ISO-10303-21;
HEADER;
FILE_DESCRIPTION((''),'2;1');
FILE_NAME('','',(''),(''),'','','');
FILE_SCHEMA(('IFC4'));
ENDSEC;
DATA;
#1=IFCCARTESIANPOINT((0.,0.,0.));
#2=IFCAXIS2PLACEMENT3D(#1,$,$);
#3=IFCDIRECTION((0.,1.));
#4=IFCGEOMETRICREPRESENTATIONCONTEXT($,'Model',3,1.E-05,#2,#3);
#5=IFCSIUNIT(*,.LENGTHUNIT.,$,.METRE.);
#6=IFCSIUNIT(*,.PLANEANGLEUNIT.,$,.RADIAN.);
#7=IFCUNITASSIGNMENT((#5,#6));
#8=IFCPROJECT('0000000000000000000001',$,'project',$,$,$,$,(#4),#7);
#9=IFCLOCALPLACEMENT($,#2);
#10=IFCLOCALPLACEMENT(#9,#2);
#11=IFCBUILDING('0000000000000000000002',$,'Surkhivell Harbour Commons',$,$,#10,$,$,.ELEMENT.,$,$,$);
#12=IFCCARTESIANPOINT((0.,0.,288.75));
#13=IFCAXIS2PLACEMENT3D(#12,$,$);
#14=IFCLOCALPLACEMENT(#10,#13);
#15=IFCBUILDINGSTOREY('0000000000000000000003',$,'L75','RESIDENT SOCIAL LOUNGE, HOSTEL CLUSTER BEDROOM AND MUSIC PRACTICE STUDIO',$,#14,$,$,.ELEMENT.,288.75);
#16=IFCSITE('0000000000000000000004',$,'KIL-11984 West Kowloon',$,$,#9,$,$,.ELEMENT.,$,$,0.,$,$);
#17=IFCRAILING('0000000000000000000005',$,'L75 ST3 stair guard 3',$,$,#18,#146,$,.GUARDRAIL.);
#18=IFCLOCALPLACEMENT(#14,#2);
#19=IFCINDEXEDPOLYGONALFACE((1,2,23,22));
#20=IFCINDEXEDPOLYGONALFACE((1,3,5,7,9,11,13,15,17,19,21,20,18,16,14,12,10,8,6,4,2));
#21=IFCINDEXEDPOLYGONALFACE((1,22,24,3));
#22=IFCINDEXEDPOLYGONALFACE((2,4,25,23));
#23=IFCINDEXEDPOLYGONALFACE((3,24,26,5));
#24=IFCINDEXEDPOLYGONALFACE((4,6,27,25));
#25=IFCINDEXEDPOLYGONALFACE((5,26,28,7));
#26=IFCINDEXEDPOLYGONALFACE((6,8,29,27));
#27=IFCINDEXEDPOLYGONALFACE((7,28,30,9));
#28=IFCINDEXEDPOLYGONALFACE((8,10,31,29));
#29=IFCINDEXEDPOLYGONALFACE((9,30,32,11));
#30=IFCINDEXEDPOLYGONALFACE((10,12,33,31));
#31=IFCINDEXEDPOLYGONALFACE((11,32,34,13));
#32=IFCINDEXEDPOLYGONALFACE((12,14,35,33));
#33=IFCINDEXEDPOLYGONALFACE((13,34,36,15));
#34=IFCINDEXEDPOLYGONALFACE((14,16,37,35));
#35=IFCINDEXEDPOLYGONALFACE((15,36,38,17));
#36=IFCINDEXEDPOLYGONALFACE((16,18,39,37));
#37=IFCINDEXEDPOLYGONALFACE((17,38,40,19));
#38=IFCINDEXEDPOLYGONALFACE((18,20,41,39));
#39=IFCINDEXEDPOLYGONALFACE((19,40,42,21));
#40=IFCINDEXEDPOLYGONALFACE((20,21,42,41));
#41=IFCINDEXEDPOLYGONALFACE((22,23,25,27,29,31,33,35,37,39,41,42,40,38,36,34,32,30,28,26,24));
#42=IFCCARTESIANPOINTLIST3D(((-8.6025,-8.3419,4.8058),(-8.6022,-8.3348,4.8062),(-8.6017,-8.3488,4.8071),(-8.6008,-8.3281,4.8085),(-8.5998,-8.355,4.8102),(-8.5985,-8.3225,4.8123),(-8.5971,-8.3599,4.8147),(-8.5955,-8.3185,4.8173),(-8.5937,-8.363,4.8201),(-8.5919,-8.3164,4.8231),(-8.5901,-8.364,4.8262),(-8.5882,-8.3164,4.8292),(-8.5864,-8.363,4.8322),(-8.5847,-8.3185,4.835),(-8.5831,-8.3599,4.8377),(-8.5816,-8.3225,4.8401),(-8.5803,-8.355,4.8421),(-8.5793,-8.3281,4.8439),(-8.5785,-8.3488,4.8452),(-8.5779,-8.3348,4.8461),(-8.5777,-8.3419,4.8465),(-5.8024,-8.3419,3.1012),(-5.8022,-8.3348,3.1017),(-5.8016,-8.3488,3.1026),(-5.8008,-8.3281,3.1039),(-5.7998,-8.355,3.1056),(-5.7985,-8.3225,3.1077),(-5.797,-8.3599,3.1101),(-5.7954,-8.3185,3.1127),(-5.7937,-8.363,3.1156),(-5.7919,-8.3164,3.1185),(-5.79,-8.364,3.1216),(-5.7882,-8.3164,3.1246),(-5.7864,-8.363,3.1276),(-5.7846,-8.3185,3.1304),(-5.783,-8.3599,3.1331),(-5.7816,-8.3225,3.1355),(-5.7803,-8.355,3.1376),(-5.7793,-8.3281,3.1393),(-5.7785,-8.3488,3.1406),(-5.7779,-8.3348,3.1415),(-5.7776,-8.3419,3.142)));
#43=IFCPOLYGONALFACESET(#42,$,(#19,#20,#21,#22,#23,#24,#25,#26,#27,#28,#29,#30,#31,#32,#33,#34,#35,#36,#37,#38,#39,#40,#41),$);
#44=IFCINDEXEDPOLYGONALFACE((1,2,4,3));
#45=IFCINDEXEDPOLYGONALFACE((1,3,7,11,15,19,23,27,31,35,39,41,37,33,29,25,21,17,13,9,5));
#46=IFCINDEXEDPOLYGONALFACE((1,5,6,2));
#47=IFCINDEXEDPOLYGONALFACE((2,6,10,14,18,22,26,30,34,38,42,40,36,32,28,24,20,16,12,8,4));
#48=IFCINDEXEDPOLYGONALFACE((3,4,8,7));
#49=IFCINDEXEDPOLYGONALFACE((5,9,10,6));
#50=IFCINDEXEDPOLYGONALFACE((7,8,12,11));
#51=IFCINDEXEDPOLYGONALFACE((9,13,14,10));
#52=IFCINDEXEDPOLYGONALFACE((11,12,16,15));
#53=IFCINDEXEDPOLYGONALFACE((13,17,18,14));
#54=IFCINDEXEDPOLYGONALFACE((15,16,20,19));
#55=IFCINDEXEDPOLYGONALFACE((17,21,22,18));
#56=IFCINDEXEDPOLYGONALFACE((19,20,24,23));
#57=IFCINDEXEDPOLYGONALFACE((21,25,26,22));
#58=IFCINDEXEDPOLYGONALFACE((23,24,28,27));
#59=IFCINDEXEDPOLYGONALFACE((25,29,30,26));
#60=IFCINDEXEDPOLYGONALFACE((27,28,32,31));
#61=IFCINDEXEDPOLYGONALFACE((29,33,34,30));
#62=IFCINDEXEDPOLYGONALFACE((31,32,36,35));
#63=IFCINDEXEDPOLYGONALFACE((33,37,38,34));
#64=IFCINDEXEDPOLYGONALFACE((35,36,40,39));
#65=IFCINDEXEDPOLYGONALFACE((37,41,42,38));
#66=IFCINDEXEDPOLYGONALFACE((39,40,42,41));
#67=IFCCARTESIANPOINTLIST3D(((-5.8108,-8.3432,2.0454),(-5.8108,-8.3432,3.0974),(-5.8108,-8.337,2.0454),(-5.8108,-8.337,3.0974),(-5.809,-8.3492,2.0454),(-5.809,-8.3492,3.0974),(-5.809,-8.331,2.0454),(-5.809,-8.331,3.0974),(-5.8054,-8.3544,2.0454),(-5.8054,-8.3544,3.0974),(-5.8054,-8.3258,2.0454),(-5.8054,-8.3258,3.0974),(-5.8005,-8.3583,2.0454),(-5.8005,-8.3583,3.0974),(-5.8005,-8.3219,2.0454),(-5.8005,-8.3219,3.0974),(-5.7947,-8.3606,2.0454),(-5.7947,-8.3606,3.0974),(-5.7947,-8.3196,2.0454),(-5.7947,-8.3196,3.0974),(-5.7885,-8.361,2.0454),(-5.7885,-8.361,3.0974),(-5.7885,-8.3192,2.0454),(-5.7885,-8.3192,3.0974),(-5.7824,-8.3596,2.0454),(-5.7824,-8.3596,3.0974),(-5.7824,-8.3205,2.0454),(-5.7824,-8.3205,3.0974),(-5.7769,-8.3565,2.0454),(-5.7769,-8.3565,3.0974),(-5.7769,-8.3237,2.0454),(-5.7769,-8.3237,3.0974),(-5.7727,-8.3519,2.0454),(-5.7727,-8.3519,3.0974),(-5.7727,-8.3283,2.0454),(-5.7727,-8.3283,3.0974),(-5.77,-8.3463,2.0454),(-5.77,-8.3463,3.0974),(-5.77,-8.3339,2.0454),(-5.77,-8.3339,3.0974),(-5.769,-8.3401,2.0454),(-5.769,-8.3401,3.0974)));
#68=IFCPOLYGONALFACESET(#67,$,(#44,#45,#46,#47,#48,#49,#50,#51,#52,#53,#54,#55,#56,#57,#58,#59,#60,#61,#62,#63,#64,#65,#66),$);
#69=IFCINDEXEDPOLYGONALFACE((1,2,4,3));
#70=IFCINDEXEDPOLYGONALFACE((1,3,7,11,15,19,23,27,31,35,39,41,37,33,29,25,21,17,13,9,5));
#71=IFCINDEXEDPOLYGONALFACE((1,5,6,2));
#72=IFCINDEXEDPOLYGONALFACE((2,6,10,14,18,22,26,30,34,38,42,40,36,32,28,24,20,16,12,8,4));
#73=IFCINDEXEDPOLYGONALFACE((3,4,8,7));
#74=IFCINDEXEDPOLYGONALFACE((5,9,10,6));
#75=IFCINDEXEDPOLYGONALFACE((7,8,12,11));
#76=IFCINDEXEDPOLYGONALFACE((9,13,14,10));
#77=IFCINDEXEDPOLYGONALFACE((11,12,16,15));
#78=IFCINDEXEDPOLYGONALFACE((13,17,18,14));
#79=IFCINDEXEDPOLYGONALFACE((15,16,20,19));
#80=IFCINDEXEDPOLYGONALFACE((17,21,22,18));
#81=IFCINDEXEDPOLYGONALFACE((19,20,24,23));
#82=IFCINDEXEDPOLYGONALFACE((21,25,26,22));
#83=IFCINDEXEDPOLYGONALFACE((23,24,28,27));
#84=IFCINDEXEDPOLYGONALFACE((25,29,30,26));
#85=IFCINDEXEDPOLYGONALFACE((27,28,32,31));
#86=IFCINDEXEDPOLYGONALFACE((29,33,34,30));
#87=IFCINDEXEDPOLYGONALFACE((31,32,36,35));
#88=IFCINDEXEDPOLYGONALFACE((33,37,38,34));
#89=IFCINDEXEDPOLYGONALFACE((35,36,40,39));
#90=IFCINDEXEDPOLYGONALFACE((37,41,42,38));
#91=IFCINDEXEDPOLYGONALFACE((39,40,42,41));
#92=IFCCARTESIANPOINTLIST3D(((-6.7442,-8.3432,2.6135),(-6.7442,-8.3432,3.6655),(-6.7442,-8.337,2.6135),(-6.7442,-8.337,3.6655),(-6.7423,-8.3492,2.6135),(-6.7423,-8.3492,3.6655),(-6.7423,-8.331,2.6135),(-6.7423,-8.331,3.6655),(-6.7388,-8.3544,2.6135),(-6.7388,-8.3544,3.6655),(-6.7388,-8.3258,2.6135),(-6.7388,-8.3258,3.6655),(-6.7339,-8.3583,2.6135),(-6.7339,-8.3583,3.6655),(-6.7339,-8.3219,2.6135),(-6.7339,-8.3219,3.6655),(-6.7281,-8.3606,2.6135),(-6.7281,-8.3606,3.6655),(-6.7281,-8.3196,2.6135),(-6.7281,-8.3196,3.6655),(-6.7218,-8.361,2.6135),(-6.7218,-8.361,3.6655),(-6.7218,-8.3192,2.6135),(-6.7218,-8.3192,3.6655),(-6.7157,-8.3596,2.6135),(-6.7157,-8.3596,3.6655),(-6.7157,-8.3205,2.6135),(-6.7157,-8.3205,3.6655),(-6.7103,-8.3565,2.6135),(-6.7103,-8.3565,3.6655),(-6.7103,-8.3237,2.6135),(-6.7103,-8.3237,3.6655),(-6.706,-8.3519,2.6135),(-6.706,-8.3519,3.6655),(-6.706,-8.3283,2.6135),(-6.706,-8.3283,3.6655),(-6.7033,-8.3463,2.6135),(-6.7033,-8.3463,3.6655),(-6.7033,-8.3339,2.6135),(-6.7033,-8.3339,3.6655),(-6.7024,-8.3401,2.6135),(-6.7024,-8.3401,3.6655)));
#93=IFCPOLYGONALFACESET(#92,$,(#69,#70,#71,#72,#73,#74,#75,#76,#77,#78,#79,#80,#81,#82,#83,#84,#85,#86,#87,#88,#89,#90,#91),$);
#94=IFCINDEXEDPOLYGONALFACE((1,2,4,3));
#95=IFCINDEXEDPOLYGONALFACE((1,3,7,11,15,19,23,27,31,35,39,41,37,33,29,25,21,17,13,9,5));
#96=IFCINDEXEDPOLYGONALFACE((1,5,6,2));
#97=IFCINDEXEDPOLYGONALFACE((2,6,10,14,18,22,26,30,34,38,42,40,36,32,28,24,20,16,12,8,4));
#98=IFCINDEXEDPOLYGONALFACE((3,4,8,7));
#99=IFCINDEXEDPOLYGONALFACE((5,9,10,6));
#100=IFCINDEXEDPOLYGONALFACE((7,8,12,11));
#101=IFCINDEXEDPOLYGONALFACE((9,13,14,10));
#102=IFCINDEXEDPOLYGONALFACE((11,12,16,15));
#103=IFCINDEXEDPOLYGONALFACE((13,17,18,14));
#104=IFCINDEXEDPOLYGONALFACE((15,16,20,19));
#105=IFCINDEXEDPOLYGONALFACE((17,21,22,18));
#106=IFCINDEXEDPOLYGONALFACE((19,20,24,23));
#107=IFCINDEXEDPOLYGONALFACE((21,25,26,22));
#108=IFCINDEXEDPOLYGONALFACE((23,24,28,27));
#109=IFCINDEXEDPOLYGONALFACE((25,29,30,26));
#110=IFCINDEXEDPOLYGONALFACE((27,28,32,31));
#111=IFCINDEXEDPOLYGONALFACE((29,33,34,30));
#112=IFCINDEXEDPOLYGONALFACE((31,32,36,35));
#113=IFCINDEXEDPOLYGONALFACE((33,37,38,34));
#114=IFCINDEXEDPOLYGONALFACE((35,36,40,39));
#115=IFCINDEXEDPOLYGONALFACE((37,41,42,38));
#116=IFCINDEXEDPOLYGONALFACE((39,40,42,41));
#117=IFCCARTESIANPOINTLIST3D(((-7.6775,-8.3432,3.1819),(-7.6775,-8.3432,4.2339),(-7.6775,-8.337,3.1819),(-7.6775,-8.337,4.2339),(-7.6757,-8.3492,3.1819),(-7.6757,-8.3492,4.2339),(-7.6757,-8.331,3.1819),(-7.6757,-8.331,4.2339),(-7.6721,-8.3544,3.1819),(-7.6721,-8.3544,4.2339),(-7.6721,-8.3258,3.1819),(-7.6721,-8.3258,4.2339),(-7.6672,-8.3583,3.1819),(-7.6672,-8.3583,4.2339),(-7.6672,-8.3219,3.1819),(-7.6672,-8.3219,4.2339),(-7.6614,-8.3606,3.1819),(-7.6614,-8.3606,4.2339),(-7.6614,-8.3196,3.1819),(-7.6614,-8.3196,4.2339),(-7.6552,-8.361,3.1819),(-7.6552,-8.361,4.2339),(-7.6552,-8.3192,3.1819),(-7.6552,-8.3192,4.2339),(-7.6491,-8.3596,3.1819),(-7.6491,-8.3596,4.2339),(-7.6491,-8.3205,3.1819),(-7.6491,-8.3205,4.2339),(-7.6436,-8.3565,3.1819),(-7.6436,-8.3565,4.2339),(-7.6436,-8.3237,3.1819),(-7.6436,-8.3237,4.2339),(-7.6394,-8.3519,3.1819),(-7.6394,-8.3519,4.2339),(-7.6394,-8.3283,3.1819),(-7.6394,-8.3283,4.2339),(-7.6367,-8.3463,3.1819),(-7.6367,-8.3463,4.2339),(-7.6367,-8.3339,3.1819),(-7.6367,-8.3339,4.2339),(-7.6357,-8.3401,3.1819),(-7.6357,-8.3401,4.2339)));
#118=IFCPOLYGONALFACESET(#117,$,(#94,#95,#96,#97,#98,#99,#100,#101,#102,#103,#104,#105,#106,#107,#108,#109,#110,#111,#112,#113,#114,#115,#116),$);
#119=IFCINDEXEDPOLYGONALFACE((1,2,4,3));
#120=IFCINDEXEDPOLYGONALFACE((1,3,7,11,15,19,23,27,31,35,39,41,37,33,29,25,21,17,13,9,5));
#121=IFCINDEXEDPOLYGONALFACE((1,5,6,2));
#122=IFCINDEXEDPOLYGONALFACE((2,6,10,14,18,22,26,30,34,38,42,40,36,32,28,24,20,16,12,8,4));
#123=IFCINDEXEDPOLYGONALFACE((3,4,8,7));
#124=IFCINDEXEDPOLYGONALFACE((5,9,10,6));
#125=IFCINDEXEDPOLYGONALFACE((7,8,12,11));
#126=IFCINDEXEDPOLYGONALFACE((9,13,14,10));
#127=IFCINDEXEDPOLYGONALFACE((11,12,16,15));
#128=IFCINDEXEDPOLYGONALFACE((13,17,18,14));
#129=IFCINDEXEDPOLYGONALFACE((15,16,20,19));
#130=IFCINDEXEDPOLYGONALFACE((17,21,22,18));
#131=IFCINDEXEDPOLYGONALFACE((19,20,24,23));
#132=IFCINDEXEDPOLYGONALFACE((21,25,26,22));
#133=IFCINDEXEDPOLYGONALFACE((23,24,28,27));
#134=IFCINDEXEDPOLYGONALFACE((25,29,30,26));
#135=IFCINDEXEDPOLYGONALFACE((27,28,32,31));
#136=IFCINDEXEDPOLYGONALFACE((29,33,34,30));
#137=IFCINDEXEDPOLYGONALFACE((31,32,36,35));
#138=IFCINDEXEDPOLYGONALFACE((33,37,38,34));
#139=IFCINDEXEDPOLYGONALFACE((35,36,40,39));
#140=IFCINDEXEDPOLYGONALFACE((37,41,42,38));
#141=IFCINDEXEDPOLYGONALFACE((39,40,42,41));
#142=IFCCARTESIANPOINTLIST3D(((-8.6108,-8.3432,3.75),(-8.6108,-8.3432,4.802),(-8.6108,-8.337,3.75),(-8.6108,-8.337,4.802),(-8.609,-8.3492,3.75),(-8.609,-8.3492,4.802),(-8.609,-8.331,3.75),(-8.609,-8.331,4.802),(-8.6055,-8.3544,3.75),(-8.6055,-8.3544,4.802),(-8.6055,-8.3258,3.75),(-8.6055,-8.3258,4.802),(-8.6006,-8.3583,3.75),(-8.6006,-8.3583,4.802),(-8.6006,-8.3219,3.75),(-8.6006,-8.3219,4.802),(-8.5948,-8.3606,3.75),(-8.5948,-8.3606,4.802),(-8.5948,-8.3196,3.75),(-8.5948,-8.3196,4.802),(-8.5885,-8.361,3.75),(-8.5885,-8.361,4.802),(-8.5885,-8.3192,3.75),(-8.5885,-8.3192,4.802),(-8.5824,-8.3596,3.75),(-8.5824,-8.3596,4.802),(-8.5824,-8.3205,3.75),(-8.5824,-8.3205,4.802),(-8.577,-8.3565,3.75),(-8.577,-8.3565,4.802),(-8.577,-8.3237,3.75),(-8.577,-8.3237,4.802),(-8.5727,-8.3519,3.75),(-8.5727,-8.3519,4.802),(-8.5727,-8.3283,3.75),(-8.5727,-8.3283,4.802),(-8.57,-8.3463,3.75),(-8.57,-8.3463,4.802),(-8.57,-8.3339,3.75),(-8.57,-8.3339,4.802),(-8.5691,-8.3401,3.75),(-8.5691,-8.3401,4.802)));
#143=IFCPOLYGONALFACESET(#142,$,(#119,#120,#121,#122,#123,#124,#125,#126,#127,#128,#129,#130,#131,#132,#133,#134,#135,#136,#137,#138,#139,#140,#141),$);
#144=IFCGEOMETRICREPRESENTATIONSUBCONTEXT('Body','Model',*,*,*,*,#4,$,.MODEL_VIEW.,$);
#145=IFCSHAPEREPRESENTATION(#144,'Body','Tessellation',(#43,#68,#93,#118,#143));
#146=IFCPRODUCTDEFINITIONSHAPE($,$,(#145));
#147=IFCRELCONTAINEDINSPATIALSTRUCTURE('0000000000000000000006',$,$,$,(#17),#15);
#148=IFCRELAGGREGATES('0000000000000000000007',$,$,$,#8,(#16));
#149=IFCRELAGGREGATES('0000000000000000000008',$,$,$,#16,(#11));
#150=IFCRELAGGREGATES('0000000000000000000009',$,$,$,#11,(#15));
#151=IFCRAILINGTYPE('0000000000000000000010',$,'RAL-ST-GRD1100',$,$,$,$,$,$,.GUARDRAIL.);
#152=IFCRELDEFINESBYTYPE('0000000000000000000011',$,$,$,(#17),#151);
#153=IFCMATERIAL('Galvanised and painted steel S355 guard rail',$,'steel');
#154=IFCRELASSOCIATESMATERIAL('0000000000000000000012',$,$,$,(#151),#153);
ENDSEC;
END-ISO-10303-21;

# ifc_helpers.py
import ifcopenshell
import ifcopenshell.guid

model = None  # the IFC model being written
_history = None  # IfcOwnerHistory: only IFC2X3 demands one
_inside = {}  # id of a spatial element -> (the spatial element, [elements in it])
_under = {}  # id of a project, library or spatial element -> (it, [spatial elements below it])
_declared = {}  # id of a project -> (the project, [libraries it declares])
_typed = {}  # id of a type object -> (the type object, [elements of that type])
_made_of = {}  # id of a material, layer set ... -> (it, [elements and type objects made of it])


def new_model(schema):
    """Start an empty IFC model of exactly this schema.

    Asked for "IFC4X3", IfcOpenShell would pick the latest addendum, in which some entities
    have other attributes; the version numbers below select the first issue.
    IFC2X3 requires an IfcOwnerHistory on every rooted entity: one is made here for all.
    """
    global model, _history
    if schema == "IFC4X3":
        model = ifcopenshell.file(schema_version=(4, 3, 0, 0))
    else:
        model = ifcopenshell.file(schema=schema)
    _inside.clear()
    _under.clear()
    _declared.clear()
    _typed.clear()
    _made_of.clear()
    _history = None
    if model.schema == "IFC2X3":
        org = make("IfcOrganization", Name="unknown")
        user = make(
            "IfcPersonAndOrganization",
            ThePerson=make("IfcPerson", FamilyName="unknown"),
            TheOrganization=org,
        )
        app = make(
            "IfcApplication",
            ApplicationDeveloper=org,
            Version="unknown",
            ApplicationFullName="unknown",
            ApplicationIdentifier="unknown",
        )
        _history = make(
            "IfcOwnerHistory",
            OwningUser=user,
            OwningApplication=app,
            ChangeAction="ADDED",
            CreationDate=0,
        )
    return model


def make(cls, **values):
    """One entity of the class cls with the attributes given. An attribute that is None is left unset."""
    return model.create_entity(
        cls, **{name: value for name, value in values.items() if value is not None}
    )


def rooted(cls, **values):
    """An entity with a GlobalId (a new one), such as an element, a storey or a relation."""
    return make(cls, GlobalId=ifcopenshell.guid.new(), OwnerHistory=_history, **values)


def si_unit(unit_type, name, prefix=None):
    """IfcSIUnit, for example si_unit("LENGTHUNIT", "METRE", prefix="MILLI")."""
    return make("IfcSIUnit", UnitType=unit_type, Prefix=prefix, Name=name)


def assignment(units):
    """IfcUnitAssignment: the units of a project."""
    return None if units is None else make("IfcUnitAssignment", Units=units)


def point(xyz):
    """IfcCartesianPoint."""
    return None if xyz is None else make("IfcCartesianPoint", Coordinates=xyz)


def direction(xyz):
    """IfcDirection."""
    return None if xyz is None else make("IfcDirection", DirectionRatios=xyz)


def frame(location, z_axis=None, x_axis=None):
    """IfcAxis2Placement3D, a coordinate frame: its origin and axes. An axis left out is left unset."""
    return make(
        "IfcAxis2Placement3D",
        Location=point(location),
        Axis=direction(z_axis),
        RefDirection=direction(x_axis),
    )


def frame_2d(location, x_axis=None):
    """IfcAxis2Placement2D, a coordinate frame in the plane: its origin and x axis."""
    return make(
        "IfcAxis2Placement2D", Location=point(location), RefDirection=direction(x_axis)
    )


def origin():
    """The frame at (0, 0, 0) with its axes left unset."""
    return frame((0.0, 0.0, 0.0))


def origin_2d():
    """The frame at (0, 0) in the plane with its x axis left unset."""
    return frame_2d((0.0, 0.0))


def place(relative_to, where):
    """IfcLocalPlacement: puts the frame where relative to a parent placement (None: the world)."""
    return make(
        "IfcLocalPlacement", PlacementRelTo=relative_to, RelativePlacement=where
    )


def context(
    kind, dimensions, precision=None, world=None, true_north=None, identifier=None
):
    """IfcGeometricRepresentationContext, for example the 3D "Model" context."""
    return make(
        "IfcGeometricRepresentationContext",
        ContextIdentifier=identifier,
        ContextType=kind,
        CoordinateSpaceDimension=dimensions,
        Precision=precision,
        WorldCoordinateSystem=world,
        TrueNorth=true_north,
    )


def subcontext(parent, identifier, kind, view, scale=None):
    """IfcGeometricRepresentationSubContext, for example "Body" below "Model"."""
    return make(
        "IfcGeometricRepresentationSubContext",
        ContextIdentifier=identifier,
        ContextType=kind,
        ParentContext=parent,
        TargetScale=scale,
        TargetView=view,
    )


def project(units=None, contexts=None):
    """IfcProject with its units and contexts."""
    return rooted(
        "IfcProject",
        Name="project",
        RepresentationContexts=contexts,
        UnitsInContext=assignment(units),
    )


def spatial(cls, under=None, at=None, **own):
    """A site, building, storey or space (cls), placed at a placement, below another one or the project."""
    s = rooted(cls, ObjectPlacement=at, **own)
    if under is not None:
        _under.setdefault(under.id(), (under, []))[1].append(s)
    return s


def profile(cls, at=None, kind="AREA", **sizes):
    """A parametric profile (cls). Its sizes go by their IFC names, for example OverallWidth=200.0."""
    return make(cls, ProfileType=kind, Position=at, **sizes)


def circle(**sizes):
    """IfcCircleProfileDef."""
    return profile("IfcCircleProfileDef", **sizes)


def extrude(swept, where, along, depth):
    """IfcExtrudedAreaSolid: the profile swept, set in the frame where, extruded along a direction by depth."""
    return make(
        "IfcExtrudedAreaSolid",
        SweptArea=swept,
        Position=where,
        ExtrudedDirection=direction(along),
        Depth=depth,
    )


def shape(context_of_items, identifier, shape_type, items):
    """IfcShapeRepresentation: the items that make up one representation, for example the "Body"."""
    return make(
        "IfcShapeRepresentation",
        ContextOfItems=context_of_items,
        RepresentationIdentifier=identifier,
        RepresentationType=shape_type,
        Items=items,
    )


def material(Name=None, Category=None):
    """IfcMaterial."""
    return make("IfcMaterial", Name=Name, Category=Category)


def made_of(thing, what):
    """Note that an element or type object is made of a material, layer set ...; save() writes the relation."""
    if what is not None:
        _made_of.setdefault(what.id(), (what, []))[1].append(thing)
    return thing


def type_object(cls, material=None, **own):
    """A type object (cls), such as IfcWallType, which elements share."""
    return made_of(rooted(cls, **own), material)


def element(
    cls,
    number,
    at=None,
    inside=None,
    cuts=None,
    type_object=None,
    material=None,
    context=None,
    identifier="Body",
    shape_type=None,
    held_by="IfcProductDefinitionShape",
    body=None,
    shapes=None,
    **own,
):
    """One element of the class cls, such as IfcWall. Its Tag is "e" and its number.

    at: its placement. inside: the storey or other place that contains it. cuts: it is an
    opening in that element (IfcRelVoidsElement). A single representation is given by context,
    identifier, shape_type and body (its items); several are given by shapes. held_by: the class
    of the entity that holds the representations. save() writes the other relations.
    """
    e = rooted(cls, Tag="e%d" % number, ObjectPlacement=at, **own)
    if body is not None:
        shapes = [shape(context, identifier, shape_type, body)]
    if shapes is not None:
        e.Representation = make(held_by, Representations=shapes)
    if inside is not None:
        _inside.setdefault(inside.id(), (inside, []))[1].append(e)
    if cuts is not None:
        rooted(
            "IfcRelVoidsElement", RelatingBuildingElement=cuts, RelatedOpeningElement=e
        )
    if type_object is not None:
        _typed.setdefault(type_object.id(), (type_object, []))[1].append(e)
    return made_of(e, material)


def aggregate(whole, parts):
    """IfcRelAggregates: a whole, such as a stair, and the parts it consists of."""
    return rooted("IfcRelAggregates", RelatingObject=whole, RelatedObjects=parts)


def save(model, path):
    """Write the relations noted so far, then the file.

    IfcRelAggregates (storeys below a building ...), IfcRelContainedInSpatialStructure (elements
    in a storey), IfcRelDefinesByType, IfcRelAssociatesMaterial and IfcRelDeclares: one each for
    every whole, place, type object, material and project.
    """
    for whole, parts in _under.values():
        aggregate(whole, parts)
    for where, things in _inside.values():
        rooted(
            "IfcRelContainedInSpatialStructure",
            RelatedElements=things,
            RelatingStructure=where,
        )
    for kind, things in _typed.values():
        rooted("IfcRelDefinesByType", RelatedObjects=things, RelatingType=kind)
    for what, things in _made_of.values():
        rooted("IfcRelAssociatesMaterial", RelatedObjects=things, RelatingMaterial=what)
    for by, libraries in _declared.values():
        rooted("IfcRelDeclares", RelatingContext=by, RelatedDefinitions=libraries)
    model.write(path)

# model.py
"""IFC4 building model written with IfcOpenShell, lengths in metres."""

from ifc_helpers import new_model, si_unit, direction, frame, origin, origin_2d, place, context, subcontext, project, spatial, circle, extrude, material, type_object, element, save


model = new_model("IFC4")

# Units and contexts
model_context = context("Model", 3, precision=1e-05, world=origin(), true_north=direction((0.0, 1.0)))
body_context = subcontext(model_context, "Body", "Model", "MODEL_VIEW")
ifc_project = project(units=[si_unit("LENGTHUNIT", "METRE"), si_unit("PLANEANGLEUNIT", "RADIAN")], contexts=[model_context])

# Site, building, storey
site_placement = place(None, origin())
site = spatial("IfcSite", under=ifc_project, at=site_placement, Name="KIL-11984 West Kowloon", CompositionType="ELEMENT", RefElevation=0.0)
building_placement = place(site_placement, origin())
building = spatial("IfcBuilding", under=site, at=building_placement, Name="Surkhivell Harbour Commons", CompositionType="ELEMENT")
storey_placement = place(building_placement, frame((0.0, 0.0, 288.75)))
storey = spatial("IfcBuildingStorey", under=building, at=storey_placement, Name="L75", Description="RESIDENT SOCIAL LOUNGE, HOSTEL CLUSTER BEDROOM AND MUSIC PRACTICE STUDIO", CompositionType="ELEMENT", Elevation=288.75)

# Railing
ifc_material_1 = material(Name="Galvanised and painted steel S355 guard rail", Category="steel")
railing_type_1 = type_object("IfcRailingType", Name="RAL-ST-GRD1100", PredefinedType="GUARDRAIL", material=ifc_material_1)
railing_1_placement = place(storey_placement, frame((-5.79, -8.3401, 2.0454)))
element("IfcRailing", 1, at=railing_1_placement, inside=storey, type_object=railing_type_1, Name="L75 ST3 stair guard 3", PredefinedType="GUARDRAIL", context=body_context, shape_type="SweptSolid", body=[
    extrude(circle(Radius=0.0239, at=origin_2d()), frame((0.0, 0.0, 1.0762), z_axis=(-0.85417, 0.0, 0.519994), x_axis=(0.0, -1.0, 0.0)), (0.0, 0.0, 1.0), 3.2781),
    extrude(circle(Radius=0.021, at=origin_2d()), origin(), (0.0, 0.0, 1.0), 1.052),
    extrude(circle(Radius=0.021, at=origin_2d()), frame((-0.9333, 0.0, 0.5681)), (0.0, 0.0, 1.0), 1.052),
    extrude(circle(Radius=0.021, at=origin_2d()), frame((-1.8667, 0.0, 1.1365)), (0.0, 0.0, 1.0), 1.052),
    extrude(circle(Radius=0.021, at=origin_2d()), frame((-2.8, 0.0, 1.7046)), (0.0, 0.0, 1.0), 1.052),
])

save(model, "model.ifc")
